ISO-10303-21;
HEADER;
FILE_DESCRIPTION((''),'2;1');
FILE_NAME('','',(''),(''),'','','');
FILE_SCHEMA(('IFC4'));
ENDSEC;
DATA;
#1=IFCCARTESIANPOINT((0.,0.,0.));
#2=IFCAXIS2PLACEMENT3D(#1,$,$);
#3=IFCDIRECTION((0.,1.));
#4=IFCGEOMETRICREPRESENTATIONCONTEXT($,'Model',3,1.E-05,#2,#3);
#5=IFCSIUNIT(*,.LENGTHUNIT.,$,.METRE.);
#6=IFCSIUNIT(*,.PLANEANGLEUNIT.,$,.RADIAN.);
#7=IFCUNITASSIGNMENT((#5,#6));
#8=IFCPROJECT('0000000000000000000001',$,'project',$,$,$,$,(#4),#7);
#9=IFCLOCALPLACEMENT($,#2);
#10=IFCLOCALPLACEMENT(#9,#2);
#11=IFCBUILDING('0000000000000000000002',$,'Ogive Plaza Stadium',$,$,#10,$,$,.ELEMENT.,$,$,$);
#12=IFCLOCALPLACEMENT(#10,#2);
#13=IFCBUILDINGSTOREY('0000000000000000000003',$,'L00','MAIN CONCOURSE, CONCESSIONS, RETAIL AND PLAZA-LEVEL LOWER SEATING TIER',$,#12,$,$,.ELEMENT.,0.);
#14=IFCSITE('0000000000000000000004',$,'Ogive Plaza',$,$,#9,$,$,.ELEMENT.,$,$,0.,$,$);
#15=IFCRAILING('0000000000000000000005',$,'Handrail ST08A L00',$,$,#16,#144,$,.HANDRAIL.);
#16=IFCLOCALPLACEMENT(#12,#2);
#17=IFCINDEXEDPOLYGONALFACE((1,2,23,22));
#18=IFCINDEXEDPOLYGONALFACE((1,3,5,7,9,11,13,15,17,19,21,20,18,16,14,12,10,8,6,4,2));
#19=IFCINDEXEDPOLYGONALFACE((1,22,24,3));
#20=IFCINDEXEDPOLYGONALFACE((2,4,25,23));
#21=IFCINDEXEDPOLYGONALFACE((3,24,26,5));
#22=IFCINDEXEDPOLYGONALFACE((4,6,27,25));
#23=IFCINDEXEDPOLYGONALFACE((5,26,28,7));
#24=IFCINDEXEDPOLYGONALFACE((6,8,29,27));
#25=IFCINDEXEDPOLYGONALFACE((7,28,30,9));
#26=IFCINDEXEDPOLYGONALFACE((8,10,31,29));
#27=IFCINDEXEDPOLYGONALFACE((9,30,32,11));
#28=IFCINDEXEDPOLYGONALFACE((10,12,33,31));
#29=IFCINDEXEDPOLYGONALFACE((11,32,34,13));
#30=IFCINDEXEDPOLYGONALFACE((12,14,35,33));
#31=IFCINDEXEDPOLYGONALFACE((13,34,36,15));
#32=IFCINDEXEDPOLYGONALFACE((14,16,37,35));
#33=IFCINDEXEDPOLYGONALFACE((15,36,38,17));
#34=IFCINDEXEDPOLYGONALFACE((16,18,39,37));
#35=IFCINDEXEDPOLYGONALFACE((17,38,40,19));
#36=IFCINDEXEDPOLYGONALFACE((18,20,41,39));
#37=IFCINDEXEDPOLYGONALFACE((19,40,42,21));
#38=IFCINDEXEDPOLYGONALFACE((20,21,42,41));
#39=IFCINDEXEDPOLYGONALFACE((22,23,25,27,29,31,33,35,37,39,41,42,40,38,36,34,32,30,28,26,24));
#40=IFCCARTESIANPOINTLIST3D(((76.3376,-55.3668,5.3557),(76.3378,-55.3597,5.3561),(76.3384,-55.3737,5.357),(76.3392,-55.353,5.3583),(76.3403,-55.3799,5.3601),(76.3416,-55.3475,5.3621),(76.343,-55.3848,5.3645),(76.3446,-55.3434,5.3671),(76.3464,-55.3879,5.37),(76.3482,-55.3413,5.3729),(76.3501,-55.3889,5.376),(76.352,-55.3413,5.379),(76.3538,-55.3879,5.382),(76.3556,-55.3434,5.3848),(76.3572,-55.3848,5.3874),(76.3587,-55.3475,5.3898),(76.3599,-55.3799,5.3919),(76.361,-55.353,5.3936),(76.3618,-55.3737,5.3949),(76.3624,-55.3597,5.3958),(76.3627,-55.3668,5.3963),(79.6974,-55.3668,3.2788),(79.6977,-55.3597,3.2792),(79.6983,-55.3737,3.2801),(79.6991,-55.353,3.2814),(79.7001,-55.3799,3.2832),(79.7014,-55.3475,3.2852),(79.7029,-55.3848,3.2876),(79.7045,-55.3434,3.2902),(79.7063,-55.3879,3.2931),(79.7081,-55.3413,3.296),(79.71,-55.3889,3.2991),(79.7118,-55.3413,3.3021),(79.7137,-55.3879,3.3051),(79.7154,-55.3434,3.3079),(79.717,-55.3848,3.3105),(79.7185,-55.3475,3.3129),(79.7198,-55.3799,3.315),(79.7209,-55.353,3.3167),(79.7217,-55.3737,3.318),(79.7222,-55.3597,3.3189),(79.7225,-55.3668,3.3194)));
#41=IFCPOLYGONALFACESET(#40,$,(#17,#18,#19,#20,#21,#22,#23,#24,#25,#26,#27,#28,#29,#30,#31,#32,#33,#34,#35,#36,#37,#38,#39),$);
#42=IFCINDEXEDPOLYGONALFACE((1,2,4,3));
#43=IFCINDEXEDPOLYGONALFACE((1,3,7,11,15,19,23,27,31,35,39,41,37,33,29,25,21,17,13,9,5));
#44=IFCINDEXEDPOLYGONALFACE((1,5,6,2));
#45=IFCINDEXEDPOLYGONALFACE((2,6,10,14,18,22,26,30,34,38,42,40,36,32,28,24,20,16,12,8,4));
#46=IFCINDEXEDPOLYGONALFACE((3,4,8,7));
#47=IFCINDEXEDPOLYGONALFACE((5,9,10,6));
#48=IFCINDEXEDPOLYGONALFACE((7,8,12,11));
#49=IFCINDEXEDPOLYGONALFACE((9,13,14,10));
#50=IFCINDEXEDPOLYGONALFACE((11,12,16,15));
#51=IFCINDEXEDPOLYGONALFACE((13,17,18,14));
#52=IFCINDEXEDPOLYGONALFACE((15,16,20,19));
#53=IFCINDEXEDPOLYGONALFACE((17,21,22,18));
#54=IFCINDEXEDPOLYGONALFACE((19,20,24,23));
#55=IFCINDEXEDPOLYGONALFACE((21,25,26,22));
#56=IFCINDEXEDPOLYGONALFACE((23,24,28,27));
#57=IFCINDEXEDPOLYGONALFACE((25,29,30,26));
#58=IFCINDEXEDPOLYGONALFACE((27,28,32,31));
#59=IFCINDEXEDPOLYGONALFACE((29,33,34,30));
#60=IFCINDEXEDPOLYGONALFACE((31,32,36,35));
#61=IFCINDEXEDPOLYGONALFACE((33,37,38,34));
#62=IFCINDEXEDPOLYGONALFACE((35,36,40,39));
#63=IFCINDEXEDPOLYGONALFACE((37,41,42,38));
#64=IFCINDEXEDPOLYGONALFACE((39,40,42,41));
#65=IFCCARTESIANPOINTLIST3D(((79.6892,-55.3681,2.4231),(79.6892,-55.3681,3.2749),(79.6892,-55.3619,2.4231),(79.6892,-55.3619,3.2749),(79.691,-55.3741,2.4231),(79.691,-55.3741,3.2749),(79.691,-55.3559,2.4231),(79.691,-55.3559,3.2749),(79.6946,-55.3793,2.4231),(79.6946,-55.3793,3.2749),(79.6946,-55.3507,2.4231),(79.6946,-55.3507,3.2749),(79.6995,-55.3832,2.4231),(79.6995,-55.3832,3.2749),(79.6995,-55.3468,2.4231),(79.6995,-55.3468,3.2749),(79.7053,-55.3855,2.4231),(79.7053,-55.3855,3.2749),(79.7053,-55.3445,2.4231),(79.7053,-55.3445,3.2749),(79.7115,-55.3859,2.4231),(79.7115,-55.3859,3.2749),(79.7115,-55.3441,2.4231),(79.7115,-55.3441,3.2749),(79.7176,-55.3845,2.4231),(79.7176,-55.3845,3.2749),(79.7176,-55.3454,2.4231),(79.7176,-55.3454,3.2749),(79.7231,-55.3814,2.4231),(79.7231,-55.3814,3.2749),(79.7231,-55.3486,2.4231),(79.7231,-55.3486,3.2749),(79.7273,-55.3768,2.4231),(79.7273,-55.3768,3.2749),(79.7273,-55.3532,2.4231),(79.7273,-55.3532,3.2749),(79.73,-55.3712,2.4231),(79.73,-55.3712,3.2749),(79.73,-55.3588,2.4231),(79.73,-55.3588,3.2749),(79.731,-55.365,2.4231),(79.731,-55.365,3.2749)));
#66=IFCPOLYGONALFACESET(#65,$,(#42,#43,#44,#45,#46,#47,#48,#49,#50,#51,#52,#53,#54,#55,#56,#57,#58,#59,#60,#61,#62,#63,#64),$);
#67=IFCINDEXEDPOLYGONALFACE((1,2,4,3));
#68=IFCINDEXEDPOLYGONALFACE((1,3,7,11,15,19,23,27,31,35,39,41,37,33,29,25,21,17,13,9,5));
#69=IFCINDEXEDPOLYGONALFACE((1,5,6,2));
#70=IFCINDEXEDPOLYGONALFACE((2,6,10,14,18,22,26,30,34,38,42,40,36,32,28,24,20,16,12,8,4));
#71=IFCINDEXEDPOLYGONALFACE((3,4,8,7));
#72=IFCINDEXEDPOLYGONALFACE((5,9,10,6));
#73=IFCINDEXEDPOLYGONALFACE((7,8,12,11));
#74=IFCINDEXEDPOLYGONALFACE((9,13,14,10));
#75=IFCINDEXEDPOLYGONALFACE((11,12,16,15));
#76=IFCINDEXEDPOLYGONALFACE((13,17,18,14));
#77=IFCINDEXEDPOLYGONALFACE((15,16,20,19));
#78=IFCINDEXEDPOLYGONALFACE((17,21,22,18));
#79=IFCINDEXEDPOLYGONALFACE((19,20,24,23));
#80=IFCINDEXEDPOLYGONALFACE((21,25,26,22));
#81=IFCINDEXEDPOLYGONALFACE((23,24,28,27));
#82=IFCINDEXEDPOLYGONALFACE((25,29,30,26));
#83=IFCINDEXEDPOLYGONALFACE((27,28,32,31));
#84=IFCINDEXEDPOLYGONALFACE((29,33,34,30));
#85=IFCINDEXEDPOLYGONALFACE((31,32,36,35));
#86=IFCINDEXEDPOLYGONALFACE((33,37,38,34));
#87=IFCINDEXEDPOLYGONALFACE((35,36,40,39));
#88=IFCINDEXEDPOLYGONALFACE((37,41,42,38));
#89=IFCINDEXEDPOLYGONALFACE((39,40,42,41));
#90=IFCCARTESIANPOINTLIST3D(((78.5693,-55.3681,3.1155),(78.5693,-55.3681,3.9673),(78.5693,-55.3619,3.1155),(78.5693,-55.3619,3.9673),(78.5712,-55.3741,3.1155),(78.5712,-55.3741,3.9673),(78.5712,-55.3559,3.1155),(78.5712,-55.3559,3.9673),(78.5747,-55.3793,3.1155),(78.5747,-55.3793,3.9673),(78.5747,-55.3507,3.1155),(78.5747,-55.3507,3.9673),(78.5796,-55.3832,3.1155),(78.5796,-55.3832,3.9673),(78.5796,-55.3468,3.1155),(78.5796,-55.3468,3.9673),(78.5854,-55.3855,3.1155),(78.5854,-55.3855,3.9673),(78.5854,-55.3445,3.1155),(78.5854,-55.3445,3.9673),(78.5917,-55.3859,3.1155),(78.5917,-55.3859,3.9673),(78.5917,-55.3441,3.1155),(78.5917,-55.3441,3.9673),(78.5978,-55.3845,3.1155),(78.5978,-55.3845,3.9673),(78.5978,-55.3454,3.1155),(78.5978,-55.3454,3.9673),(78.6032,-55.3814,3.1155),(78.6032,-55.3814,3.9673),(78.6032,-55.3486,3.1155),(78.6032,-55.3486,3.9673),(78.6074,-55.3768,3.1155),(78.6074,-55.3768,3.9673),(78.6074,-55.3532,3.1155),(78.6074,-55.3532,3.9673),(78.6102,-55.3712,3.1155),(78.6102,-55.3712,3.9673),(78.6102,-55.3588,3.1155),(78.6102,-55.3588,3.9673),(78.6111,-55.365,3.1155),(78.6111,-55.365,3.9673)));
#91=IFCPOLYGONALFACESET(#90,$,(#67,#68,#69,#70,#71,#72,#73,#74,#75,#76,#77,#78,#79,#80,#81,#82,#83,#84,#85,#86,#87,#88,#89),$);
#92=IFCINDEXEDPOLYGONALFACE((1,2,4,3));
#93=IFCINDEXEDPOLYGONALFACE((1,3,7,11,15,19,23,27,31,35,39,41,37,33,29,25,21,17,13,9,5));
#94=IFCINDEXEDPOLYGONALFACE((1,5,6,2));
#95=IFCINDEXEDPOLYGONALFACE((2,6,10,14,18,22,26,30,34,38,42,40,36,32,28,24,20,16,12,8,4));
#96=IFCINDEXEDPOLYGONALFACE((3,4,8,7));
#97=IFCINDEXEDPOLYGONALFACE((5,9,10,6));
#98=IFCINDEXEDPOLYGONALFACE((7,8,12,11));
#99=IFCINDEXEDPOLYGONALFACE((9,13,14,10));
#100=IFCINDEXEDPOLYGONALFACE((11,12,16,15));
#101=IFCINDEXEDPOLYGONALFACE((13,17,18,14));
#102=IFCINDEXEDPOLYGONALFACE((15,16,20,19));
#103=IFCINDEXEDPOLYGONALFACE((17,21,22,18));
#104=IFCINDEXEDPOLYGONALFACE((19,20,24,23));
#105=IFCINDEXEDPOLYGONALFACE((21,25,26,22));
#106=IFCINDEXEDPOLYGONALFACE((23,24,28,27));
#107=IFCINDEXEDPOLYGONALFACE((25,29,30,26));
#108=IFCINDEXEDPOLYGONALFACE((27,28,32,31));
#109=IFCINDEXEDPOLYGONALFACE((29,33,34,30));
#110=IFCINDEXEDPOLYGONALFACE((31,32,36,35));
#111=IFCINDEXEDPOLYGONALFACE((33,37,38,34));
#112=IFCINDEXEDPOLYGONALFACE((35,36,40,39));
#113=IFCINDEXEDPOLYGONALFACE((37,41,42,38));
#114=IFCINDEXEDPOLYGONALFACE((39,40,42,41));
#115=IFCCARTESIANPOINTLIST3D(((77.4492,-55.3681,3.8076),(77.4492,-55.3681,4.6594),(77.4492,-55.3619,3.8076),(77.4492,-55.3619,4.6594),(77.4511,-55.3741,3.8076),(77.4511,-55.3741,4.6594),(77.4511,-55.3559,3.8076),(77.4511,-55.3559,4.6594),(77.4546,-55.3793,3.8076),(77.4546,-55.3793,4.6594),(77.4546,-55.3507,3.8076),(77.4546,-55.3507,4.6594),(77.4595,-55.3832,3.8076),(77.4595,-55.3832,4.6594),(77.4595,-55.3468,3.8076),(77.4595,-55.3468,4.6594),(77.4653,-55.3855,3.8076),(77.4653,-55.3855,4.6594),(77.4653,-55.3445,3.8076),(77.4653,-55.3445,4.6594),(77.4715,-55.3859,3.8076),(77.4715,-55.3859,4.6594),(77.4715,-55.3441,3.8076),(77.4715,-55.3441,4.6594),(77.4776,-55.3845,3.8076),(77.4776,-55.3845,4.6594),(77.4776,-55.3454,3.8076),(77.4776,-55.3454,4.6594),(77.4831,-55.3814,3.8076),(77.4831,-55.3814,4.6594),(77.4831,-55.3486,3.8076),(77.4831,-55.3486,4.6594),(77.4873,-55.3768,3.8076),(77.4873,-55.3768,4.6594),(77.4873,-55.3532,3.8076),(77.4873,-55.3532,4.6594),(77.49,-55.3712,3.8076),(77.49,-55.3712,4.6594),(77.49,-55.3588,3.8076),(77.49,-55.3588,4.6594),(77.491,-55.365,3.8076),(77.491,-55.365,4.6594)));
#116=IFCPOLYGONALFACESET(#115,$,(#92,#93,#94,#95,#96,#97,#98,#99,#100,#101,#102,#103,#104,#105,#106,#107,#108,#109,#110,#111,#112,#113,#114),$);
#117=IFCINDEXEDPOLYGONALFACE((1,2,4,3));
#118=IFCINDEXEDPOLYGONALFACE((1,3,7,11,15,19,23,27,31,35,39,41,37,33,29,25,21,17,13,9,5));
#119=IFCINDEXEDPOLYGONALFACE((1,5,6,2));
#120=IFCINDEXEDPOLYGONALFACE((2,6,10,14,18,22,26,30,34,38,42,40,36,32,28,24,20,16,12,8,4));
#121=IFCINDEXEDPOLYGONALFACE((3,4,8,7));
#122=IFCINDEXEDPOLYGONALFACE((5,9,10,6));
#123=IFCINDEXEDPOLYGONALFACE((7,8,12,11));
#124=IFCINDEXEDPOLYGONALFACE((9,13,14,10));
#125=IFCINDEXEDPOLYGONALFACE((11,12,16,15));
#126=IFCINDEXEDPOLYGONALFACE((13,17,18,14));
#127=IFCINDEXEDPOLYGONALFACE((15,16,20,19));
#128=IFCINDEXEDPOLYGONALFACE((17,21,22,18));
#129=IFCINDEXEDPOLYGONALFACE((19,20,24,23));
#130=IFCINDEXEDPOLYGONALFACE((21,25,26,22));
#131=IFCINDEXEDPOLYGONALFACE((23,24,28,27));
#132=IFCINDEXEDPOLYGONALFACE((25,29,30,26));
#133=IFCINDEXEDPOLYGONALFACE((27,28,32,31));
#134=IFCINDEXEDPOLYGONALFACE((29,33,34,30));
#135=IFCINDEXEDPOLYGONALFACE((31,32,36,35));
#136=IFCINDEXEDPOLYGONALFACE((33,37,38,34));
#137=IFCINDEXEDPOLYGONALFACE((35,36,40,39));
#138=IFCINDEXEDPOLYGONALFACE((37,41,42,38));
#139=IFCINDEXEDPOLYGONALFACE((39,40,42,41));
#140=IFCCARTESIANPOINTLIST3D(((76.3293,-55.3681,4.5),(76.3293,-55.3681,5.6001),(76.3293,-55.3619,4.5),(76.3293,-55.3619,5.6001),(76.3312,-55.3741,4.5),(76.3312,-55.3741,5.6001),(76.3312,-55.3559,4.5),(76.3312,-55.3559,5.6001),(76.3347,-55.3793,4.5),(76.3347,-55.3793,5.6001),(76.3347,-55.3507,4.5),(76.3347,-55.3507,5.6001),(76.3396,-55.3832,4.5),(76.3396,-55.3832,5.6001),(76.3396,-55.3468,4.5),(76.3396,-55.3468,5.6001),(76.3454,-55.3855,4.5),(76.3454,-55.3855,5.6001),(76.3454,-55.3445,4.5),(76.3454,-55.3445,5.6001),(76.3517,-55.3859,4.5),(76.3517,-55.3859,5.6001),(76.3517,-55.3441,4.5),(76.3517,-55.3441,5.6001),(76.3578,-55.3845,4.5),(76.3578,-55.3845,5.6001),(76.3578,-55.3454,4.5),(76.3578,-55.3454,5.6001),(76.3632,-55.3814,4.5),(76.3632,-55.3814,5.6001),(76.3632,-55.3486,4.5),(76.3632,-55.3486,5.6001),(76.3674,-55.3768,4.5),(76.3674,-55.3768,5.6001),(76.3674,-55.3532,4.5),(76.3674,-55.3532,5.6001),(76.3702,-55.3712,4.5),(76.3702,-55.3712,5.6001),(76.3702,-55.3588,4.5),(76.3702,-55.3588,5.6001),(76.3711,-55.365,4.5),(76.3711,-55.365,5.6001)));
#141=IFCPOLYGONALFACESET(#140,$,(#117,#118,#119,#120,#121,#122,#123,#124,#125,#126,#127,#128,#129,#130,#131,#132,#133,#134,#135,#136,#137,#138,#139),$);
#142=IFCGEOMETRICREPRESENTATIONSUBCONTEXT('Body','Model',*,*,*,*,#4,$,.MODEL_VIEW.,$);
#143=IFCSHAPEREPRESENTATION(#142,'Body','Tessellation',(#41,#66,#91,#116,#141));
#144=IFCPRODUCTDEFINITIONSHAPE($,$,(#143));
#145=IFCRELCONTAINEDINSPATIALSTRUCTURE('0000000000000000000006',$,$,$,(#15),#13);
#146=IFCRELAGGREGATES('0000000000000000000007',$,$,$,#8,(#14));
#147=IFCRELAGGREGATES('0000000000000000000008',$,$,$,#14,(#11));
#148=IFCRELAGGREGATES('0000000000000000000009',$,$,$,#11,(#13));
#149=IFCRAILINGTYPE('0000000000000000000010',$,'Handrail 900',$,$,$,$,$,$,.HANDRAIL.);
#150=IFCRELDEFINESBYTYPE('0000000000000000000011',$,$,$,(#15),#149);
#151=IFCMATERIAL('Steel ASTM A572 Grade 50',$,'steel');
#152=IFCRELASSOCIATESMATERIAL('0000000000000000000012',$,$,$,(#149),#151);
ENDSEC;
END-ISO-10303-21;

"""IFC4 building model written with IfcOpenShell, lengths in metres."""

from ifc_helpers import new_model, si_unit, direction, frame, origin, origin_2d, place, context, subcontext, project, spatial, circle, extrude, material, type_object, element, save


model = new_model("IFC4")

# Units and contexts
model_context = context("Model", 3, precision=1e-05, world=origin(), true_north=direction((0.0, 1.0)))
body_context = subcontext(model_context, "Body", "Model", "MODEL_VIEW")
ifc_project = project(units=[si_unit("LENGTHUNIT", "METRE"), si_unit("PLANEANGLEUNIT", "RADIAN")], contexts=[model_context])

# Site, building, storey
site_placement = place(None, origin())
site = spatial("IfcSite", under=ifc_project, at=site_placement, Name="Ogive Plaza", CompositionType="ELEMENT", RefElevation=0.0)
building_placement = place(site_placement, origin())
building = spatial("IfcBuilding", under=site, at=building_placement, Name="Ogive Plaza Stadium", CompositionType="ELEMENT")
storey_placement = place(building_placement, origin())
storey = spatial("IfcBuildingStorey", under=building, at=storey_placement, Name="L00", Description="MAIN CONCOURSE, CONCESSIONS, RETAIL AND PLAZA-LEVEL LOWER SEATING TIER", CompositionType="ELEMENT", Elevation=0.0)

# Railing
ifc_material_1 = material(Name="Steel ASTM A572 Grade 50", Category="steel")
railing_type_1 = type_object("IfcRailingType", Name="Handrail 900", PredefinedType="HANDRAIL", material=ifc_material_1)
for number, where, name in (
    (1, (79.71, -55.365, 2.4231), "Handrail ST08A L00"),
):
    element("IfcRailing", number, at=place(storey_placement, frame(where)), inside=storey, type_object=railing_type_1, Name=name, PredefinedType="HANDRAIL", context=body_context, shape_type="SweptSolid", body=[
        extrude(circle(Radius=0.0239, at=origin_2d()), frame((0.0, 0.0, 0.876), z_axis=(-0.850606, 0.0, 0.525803), x_axis=(0.0, -1.0, 0.0)), (0.0, 0.0, 1.0), 3.95),
        extrude(circle(Radius=0.021, at=origin_2d()), origin(), (0.0, 0.0, 1.0), 0.8518),
        extrude(circle(Radius=0.021, at=origin_2d()), frame((-1.1199, 0.0, 0.6924)), (0.0, 0.0, 1.0), 0.8518),
        extrude(circle(Radius=0.021, at=origin_2d()), frame((-2.24, 0.0, 1.3845)), (0.0, 0.0, 1.0), 0.8518),
        extrude(circle(Radius=0.021, at=origin_2d()), frame((-3.3599, 0.0, 2.0769)), (0.0, 0.0, 1.0), 1.1001),
    ])

save(model, "model.ifc")
